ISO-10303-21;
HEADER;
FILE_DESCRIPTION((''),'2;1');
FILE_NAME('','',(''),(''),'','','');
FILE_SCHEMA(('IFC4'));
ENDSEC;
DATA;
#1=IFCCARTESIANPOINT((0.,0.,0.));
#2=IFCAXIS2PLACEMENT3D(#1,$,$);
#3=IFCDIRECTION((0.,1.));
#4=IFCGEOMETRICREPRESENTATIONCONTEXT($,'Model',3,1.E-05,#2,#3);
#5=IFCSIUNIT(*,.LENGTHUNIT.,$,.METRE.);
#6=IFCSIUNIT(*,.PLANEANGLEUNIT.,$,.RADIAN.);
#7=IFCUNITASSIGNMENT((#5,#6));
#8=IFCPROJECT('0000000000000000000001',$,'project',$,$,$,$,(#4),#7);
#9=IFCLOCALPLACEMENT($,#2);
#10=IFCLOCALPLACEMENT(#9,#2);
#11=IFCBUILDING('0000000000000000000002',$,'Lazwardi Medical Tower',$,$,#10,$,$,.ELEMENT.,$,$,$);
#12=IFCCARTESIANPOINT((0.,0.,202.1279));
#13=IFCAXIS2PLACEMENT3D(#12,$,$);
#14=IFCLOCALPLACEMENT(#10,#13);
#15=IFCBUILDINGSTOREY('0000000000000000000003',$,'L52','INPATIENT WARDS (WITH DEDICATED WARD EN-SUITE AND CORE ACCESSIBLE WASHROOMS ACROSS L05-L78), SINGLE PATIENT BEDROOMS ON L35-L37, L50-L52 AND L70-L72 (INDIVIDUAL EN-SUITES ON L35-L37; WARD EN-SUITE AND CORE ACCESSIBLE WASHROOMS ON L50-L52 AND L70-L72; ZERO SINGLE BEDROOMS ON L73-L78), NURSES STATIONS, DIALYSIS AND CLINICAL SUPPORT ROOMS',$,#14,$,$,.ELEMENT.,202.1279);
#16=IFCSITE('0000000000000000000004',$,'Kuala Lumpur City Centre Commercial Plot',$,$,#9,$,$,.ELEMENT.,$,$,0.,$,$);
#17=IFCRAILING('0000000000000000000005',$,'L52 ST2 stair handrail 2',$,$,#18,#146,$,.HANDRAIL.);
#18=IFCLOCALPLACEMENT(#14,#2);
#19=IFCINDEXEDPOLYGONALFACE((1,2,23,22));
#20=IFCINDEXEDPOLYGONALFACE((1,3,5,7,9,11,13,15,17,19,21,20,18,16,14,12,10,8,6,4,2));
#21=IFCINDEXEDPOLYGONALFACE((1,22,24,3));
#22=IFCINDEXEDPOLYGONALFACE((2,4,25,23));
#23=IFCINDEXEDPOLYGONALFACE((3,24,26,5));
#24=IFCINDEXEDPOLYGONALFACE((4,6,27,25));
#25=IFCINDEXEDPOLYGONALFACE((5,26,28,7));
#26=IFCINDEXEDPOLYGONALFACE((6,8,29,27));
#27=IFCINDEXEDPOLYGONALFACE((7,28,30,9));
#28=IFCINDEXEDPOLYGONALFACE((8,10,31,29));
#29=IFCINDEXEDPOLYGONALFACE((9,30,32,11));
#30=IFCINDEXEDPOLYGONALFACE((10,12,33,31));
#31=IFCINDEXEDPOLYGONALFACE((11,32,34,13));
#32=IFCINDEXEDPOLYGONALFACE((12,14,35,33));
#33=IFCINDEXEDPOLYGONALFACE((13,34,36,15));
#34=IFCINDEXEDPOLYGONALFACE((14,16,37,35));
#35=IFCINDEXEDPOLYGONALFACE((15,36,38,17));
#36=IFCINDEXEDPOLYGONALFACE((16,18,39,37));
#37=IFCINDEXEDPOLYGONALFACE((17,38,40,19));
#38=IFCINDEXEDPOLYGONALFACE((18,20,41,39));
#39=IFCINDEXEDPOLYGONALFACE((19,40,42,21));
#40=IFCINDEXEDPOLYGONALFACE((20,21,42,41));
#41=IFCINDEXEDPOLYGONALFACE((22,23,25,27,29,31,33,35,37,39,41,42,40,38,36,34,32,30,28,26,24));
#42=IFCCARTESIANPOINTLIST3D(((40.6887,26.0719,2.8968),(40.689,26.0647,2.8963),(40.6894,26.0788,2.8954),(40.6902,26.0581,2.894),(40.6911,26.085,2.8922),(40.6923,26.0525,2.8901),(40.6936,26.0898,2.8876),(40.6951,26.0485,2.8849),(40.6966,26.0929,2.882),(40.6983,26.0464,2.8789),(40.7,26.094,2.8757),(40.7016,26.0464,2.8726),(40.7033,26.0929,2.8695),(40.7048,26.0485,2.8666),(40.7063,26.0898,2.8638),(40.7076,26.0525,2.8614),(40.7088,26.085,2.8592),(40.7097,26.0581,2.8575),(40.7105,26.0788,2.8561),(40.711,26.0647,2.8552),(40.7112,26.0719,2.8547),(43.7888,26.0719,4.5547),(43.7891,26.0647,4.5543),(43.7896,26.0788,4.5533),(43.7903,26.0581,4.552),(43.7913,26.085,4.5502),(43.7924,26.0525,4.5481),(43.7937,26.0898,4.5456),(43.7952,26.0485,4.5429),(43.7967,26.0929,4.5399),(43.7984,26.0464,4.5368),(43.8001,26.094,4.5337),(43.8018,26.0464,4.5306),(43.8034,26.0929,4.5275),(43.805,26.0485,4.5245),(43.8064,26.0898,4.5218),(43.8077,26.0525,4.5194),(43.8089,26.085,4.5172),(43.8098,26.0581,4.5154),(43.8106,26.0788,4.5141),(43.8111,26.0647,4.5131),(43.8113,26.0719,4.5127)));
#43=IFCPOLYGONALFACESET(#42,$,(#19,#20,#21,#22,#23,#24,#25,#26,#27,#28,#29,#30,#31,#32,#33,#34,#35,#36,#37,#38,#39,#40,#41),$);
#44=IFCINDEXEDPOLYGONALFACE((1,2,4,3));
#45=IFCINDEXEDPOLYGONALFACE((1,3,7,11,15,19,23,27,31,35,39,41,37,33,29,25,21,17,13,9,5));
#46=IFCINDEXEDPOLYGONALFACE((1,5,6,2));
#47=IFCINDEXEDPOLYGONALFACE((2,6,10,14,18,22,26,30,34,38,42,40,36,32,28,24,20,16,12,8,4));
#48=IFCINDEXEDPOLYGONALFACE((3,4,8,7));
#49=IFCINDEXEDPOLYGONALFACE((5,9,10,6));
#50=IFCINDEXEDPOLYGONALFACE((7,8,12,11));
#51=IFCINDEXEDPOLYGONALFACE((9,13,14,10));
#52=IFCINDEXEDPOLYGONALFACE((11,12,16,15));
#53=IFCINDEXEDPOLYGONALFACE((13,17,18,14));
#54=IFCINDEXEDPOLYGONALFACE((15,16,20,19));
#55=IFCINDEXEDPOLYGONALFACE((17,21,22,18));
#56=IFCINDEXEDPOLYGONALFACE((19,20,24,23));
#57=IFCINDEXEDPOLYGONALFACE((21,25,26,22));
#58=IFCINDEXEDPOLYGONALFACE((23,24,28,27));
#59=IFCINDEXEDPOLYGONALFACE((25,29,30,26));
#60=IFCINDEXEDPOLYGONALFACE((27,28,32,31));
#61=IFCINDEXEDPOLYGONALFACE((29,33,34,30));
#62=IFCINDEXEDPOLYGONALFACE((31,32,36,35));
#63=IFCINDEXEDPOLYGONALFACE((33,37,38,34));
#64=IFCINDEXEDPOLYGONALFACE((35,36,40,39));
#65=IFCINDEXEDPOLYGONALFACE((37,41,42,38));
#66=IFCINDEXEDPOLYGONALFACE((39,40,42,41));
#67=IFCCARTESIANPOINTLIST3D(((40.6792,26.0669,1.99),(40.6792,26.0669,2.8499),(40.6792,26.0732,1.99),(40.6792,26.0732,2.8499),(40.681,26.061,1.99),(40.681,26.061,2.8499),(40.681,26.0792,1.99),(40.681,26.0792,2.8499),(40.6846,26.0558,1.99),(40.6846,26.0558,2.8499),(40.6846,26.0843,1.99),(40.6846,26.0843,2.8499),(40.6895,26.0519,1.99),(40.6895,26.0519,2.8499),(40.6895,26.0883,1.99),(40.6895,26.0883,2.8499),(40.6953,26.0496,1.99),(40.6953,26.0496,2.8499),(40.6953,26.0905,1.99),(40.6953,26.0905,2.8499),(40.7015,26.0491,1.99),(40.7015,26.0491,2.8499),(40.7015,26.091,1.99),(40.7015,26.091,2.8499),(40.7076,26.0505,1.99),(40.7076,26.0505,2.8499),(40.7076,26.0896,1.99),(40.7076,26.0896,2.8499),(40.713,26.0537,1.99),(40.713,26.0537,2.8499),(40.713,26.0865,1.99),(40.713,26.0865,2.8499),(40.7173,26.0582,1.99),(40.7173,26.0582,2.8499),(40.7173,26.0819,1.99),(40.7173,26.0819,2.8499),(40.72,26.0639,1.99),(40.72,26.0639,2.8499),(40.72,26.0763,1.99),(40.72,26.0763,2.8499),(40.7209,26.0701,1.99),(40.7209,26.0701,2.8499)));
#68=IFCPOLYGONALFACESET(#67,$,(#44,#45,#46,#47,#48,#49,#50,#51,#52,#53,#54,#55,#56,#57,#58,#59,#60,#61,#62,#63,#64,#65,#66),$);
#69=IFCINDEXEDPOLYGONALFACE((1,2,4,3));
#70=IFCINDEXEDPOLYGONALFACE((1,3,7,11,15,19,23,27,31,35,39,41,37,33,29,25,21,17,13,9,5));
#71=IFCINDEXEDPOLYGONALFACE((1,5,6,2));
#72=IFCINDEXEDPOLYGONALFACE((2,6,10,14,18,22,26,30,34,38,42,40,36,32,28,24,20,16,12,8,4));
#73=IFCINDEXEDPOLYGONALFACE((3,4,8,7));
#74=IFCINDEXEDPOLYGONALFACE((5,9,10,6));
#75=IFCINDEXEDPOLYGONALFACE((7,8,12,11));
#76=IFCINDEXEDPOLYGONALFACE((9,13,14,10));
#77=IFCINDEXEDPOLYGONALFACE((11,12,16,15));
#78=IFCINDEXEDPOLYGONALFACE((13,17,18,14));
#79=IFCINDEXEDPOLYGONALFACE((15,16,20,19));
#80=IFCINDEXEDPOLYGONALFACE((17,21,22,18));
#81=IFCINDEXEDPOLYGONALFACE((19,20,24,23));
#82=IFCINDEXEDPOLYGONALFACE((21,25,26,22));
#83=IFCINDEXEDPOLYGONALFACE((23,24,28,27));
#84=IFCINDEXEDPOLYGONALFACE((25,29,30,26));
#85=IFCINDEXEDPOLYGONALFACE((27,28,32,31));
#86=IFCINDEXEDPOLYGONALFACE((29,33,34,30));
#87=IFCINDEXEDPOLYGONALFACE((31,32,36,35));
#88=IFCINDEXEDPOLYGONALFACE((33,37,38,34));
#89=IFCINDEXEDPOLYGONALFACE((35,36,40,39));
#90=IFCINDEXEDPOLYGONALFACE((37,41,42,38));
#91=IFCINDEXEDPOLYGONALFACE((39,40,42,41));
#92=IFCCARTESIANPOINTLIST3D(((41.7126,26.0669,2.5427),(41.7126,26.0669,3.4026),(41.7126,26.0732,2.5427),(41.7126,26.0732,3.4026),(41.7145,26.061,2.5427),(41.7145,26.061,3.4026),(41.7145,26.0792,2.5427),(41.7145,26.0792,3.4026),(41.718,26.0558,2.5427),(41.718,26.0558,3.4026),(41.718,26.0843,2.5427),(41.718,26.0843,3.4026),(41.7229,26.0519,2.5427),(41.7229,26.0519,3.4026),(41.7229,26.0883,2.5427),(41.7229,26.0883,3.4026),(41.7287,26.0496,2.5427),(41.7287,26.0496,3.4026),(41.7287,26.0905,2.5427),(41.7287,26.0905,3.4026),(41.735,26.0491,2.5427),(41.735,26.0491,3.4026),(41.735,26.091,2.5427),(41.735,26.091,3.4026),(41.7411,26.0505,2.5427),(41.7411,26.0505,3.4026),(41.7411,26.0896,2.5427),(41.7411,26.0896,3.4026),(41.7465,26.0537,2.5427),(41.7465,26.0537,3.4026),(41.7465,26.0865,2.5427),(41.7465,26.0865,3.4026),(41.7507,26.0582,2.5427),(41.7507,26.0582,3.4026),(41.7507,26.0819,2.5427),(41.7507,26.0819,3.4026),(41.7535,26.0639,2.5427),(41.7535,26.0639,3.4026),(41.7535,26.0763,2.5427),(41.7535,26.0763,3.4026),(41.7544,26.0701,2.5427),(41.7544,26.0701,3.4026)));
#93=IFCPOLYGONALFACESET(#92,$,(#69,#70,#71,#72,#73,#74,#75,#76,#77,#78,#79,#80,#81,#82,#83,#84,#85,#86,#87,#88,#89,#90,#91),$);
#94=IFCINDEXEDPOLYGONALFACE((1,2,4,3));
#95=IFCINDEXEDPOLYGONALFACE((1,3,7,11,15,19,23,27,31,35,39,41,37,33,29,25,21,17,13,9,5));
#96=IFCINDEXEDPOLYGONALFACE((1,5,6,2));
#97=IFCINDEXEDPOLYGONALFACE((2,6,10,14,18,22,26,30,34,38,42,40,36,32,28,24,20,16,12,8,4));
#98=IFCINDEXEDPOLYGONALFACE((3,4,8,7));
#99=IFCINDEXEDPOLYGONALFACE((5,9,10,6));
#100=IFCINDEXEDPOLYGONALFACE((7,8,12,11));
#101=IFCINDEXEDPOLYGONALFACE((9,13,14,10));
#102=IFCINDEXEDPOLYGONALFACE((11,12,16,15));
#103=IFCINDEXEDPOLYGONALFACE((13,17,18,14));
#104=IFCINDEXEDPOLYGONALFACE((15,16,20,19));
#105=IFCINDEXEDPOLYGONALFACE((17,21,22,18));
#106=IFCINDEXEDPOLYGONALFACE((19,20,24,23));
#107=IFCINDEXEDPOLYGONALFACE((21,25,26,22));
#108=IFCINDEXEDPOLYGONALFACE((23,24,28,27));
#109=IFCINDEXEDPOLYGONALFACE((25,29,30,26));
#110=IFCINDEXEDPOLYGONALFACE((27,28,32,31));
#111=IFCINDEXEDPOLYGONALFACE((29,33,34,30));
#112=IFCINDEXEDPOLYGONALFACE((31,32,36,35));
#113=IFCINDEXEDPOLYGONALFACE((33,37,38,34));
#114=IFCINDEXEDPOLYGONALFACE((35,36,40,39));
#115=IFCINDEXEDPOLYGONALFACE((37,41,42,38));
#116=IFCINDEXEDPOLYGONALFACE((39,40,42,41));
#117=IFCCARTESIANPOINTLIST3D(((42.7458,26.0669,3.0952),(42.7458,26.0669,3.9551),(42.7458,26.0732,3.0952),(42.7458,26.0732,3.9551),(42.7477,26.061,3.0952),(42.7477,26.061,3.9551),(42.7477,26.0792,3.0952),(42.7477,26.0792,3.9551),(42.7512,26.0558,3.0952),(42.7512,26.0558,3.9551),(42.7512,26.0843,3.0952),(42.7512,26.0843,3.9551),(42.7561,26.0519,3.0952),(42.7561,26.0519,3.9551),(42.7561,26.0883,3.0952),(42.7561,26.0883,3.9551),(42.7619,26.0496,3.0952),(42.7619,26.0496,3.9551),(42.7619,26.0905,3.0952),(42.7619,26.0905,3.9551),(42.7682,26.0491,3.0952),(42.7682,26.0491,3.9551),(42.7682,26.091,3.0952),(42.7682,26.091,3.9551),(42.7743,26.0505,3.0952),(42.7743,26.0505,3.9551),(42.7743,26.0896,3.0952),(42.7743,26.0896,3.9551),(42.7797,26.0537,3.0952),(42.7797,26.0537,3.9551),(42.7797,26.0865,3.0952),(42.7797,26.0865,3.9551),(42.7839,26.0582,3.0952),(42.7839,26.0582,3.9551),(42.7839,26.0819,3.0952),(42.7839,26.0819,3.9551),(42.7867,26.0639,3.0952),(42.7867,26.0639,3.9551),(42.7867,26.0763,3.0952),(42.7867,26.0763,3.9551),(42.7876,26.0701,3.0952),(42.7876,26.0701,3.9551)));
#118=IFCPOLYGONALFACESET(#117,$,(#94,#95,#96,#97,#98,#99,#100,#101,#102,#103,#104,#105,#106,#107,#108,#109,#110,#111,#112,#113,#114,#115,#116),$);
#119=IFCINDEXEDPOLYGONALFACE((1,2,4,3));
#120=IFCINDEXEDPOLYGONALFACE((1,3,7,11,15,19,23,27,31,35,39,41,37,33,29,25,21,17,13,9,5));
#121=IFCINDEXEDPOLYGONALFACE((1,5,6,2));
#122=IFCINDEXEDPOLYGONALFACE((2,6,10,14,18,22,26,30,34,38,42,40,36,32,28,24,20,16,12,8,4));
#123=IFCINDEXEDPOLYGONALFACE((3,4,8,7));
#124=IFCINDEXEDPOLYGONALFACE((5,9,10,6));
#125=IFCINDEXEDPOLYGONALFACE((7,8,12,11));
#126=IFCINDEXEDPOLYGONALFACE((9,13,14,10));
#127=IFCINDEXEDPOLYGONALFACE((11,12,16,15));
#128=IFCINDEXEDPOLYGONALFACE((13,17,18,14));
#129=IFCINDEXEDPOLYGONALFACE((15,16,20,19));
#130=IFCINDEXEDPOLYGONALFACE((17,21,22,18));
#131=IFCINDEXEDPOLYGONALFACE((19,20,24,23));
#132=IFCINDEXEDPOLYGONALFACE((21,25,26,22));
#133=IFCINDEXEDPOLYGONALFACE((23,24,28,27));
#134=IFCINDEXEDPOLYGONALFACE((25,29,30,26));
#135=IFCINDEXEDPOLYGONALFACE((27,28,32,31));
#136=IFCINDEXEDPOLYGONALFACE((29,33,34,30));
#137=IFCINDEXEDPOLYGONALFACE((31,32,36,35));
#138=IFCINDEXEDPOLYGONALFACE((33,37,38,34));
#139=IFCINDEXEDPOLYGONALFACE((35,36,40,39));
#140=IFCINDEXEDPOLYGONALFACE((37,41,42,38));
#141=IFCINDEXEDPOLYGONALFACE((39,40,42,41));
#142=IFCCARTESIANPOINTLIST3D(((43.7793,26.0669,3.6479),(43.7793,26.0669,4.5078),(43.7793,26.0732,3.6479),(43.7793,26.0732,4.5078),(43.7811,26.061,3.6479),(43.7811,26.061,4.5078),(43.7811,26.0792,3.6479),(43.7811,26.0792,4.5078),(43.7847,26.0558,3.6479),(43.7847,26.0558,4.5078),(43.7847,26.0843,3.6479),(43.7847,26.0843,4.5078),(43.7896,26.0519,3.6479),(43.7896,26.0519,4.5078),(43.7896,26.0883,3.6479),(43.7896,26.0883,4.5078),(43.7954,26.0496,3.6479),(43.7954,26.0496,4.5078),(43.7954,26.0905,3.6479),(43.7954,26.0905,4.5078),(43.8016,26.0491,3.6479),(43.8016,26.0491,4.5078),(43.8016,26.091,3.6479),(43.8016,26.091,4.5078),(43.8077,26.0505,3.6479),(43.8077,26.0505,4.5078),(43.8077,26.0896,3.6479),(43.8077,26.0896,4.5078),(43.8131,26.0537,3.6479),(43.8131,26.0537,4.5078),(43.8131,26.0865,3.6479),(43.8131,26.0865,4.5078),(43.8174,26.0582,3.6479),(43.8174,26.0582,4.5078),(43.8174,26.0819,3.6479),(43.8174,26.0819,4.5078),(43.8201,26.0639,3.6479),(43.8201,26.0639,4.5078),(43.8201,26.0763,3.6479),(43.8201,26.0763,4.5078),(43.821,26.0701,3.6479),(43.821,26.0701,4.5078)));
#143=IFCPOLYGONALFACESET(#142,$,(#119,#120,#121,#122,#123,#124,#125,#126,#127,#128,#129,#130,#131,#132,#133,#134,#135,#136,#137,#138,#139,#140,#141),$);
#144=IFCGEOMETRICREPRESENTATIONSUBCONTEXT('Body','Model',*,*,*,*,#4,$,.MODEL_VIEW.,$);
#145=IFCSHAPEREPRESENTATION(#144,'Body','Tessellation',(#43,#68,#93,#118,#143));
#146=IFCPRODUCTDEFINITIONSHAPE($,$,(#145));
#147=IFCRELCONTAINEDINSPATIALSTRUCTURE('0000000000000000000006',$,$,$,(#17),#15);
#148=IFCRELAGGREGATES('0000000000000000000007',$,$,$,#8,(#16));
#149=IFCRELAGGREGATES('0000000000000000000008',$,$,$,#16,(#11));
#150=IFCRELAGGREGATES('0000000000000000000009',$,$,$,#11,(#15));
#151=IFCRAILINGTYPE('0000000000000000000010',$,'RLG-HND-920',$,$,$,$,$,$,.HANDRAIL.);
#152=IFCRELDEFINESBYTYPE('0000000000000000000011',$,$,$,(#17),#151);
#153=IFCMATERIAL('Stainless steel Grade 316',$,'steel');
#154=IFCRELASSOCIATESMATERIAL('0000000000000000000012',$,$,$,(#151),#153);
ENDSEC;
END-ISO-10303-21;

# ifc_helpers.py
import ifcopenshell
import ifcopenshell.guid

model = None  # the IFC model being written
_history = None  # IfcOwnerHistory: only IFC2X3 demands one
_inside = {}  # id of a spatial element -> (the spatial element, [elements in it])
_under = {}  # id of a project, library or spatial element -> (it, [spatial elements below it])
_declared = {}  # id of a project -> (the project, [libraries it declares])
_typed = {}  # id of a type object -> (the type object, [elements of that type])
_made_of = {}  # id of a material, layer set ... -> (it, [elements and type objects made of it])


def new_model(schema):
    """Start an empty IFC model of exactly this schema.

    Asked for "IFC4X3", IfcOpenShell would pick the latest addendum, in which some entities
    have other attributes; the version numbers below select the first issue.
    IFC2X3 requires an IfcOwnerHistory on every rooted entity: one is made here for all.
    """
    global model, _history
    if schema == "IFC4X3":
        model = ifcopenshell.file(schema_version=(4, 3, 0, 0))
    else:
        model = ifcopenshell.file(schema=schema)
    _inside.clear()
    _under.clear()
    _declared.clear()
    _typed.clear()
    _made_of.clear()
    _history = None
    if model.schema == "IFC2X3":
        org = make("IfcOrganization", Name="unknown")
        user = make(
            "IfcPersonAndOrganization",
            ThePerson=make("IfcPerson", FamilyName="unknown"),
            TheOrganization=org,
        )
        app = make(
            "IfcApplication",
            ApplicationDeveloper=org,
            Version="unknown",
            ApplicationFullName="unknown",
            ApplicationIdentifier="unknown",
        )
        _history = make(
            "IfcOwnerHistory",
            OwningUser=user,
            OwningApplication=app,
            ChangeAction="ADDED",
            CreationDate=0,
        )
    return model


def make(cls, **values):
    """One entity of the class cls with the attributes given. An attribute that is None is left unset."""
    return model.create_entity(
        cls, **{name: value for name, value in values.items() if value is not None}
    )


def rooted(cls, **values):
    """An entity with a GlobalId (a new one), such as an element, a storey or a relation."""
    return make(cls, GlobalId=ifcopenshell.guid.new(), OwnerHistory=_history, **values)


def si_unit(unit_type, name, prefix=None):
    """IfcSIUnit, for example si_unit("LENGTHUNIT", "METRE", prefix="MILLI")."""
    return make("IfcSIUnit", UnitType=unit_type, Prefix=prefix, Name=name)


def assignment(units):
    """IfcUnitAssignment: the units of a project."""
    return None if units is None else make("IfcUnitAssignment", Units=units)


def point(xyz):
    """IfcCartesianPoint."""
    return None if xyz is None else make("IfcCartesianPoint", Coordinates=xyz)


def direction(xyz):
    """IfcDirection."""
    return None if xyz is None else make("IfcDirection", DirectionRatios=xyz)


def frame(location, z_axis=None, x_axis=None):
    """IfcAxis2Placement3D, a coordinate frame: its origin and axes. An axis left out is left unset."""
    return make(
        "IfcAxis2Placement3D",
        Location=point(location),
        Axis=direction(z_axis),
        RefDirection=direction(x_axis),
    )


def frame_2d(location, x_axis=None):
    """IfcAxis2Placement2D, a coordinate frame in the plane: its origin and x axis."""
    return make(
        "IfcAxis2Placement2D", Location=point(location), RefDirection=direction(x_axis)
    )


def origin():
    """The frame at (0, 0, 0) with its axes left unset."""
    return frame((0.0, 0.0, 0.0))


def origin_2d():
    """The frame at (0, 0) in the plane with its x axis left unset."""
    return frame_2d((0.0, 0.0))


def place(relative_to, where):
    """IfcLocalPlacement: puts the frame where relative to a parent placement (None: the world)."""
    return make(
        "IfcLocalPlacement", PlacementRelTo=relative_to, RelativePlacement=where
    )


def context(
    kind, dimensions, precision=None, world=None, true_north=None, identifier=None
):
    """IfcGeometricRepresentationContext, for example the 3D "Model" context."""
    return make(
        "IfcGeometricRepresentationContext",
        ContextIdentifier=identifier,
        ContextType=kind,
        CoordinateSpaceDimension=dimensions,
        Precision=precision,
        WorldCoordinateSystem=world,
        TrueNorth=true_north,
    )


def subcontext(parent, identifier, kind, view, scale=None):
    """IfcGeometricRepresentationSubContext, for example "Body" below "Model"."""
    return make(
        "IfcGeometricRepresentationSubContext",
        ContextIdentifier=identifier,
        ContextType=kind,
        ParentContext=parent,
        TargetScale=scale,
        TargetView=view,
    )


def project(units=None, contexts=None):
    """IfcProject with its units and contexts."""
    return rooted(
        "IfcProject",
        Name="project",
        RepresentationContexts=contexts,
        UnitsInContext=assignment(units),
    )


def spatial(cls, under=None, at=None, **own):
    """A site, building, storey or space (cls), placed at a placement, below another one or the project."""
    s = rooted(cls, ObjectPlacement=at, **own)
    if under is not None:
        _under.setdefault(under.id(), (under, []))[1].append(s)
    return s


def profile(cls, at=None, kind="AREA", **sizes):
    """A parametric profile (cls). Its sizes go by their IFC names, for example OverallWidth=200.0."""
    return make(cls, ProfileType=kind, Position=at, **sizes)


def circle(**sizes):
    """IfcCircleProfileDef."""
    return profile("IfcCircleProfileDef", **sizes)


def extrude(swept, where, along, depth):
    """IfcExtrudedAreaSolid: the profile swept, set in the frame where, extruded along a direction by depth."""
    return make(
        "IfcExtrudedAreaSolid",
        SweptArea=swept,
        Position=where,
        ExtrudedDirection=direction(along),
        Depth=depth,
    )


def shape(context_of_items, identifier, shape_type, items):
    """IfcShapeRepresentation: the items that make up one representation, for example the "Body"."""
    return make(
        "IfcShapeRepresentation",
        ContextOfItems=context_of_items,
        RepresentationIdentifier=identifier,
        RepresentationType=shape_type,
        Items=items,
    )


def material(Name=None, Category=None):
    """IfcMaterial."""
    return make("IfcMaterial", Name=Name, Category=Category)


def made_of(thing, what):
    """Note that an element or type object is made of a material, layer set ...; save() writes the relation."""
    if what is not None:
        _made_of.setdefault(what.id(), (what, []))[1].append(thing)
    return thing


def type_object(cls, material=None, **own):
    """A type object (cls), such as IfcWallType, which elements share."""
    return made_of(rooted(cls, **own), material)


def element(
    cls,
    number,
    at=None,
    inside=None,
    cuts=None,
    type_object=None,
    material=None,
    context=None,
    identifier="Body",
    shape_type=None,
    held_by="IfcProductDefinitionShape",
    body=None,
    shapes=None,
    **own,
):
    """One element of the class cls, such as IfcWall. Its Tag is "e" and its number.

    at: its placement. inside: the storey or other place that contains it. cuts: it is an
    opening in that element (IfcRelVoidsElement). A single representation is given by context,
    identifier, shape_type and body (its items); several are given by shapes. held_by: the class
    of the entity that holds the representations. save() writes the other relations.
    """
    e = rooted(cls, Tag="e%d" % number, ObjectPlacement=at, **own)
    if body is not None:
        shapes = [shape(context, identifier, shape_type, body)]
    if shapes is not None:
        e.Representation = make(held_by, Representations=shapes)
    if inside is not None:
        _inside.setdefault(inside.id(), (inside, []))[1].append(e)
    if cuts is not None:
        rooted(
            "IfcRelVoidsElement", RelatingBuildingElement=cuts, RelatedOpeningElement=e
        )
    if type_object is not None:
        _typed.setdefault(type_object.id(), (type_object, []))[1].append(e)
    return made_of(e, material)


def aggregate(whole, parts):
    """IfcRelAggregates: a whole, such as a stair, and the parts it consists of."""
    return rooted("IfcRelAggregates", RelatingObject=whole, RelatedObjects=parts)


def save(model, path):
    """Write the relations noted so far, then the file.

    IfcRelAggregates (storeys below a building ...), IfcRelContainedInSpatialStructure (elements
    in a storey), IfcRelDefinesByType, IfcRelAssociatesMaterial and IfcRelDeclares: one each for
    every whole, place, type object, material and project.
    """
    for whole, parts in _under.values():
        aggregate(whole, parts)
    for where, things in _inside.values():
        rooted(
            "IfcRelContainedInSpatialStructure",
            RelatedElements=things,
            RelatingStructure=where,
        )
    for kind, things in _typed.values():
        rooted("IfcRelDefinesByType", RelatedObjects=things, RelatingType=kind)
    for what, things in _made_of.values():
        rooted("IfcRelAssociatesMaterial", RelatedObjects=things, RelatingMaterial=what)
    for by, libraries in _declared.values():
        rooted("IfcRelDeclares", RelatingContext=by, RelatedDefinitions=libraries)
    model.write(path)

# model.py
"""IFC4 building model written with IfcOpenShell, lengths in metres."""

from ifc_helpers import new_model, si_unit, direction, frame, origin, origin_2d, place, context, subcontext, project, spatial, circle, extrude, material, type_object, element, save


model = new_model("IFC4")

# Units and contexts
model_context = context("Model", 3, precision=1e-05, world=origin(), true_north=direction((0.0, 1.0)))
body_context = subcontext(model_context, "Body", "Model", "MODEL_VIEW")
ifc_project = project(units=[si_unit("LENGTHUNIT", "METRE"), si_unit("PLANEANGLEUNIT", "RADIAN")], contexts=[model_context])

# Site, building, storey
site_placement = place(None, origin())
site = spatial("IfcSite", under=ifc_project, at=site_placement, Name="Kuala Lumpur City Centre Commercial Plot", CompositionType="ELEMENT", RefElevation=0.0)
building_placement = place(site_placement, origin())
building = spatial("IfcBuilding", under=site, at=building_placement, Name="Lazwardi Medical Tower", CompositionType="ELEMENT")
storey_placement = place(building_placement, frame((0.0, 0.0, 202.1279)))
storey = spatial("IfcBuildingStorey", under=building, at=storey_placement, Name="L52", Description="INPATIENT WARDS (WITH DEDICATED WARD EN-SUITE AND CORE ACCESSIBLE WASHROOMS ACROSS L05-L78), SINGLE PATIENT BEDROOMS ON L35-L37, L50-L52 AND L70-L72 (INDIVIDUAL EN-SUITES ON L35-L37; WARD EN-SUITE AND CORE ACCESSIBLE WASHROOMS ON L50-L52 AND L70-L72; ZERO SINGLE BEDROOMS ON L73-L78), NURSES STATIONS, DIALYSIS AND CLINICAL SUPPORT ROOMS", CompositionType="ELEMENT", Elevation=202.1279)

# Railing
ifc_material_1 = material(Name="Stainless steel Grade 316", Category="steel")
railing_type_1 = type_object("IfcRailingType", Name="RLG-HND-920", PredefinedType="HANDRAIL", material=ifc_material_1)
railing_1_placement = place(storey_placement, frame((40.7, 26.0701, 1.99)))
element("IfcRailing", 1, at=railing_1_placement, inside=storey, type_object=railing_type_1, Name="L52 ST2 stair handrail 2", PredefinedType="HANDRAIL", context=body_context, shape_type="SweptSolid", body=[
    extrude(circle(Radius=0.0239, at=origin_2d()), frame((0.0, 0.0, 0.8857), z_axis=(0.881812, 0.0, 0.471601), x_axis=(0.0, 1.0, 0.0)), (0.0, 0.0, 1.0), 3.5156),
    extrude(circle(Radius=0.021, at=origin_2d()), origin(), (0.0, 0.0, 1.0), 0.8599),
    extrude(circle(Radius=0.021, at=origin_2d()), frame((1.0334, 0.0, 0.5527)), (0.0, 0.0, 1.0), 0.8599),
    extrude(circle(Radius=0.021, at=origin_2d()), frame((2.0667, 0.0, 1.1052)), (0.0, 0.0, 1.0), 0.8599),
    extrude(circle(Radius=0.021, at=origin_2d()), frame((3.1001, 0.0, 1.658)), (0.0, 0.0, 1.0), 0.8599),
])

save(model, "model.ifc")
